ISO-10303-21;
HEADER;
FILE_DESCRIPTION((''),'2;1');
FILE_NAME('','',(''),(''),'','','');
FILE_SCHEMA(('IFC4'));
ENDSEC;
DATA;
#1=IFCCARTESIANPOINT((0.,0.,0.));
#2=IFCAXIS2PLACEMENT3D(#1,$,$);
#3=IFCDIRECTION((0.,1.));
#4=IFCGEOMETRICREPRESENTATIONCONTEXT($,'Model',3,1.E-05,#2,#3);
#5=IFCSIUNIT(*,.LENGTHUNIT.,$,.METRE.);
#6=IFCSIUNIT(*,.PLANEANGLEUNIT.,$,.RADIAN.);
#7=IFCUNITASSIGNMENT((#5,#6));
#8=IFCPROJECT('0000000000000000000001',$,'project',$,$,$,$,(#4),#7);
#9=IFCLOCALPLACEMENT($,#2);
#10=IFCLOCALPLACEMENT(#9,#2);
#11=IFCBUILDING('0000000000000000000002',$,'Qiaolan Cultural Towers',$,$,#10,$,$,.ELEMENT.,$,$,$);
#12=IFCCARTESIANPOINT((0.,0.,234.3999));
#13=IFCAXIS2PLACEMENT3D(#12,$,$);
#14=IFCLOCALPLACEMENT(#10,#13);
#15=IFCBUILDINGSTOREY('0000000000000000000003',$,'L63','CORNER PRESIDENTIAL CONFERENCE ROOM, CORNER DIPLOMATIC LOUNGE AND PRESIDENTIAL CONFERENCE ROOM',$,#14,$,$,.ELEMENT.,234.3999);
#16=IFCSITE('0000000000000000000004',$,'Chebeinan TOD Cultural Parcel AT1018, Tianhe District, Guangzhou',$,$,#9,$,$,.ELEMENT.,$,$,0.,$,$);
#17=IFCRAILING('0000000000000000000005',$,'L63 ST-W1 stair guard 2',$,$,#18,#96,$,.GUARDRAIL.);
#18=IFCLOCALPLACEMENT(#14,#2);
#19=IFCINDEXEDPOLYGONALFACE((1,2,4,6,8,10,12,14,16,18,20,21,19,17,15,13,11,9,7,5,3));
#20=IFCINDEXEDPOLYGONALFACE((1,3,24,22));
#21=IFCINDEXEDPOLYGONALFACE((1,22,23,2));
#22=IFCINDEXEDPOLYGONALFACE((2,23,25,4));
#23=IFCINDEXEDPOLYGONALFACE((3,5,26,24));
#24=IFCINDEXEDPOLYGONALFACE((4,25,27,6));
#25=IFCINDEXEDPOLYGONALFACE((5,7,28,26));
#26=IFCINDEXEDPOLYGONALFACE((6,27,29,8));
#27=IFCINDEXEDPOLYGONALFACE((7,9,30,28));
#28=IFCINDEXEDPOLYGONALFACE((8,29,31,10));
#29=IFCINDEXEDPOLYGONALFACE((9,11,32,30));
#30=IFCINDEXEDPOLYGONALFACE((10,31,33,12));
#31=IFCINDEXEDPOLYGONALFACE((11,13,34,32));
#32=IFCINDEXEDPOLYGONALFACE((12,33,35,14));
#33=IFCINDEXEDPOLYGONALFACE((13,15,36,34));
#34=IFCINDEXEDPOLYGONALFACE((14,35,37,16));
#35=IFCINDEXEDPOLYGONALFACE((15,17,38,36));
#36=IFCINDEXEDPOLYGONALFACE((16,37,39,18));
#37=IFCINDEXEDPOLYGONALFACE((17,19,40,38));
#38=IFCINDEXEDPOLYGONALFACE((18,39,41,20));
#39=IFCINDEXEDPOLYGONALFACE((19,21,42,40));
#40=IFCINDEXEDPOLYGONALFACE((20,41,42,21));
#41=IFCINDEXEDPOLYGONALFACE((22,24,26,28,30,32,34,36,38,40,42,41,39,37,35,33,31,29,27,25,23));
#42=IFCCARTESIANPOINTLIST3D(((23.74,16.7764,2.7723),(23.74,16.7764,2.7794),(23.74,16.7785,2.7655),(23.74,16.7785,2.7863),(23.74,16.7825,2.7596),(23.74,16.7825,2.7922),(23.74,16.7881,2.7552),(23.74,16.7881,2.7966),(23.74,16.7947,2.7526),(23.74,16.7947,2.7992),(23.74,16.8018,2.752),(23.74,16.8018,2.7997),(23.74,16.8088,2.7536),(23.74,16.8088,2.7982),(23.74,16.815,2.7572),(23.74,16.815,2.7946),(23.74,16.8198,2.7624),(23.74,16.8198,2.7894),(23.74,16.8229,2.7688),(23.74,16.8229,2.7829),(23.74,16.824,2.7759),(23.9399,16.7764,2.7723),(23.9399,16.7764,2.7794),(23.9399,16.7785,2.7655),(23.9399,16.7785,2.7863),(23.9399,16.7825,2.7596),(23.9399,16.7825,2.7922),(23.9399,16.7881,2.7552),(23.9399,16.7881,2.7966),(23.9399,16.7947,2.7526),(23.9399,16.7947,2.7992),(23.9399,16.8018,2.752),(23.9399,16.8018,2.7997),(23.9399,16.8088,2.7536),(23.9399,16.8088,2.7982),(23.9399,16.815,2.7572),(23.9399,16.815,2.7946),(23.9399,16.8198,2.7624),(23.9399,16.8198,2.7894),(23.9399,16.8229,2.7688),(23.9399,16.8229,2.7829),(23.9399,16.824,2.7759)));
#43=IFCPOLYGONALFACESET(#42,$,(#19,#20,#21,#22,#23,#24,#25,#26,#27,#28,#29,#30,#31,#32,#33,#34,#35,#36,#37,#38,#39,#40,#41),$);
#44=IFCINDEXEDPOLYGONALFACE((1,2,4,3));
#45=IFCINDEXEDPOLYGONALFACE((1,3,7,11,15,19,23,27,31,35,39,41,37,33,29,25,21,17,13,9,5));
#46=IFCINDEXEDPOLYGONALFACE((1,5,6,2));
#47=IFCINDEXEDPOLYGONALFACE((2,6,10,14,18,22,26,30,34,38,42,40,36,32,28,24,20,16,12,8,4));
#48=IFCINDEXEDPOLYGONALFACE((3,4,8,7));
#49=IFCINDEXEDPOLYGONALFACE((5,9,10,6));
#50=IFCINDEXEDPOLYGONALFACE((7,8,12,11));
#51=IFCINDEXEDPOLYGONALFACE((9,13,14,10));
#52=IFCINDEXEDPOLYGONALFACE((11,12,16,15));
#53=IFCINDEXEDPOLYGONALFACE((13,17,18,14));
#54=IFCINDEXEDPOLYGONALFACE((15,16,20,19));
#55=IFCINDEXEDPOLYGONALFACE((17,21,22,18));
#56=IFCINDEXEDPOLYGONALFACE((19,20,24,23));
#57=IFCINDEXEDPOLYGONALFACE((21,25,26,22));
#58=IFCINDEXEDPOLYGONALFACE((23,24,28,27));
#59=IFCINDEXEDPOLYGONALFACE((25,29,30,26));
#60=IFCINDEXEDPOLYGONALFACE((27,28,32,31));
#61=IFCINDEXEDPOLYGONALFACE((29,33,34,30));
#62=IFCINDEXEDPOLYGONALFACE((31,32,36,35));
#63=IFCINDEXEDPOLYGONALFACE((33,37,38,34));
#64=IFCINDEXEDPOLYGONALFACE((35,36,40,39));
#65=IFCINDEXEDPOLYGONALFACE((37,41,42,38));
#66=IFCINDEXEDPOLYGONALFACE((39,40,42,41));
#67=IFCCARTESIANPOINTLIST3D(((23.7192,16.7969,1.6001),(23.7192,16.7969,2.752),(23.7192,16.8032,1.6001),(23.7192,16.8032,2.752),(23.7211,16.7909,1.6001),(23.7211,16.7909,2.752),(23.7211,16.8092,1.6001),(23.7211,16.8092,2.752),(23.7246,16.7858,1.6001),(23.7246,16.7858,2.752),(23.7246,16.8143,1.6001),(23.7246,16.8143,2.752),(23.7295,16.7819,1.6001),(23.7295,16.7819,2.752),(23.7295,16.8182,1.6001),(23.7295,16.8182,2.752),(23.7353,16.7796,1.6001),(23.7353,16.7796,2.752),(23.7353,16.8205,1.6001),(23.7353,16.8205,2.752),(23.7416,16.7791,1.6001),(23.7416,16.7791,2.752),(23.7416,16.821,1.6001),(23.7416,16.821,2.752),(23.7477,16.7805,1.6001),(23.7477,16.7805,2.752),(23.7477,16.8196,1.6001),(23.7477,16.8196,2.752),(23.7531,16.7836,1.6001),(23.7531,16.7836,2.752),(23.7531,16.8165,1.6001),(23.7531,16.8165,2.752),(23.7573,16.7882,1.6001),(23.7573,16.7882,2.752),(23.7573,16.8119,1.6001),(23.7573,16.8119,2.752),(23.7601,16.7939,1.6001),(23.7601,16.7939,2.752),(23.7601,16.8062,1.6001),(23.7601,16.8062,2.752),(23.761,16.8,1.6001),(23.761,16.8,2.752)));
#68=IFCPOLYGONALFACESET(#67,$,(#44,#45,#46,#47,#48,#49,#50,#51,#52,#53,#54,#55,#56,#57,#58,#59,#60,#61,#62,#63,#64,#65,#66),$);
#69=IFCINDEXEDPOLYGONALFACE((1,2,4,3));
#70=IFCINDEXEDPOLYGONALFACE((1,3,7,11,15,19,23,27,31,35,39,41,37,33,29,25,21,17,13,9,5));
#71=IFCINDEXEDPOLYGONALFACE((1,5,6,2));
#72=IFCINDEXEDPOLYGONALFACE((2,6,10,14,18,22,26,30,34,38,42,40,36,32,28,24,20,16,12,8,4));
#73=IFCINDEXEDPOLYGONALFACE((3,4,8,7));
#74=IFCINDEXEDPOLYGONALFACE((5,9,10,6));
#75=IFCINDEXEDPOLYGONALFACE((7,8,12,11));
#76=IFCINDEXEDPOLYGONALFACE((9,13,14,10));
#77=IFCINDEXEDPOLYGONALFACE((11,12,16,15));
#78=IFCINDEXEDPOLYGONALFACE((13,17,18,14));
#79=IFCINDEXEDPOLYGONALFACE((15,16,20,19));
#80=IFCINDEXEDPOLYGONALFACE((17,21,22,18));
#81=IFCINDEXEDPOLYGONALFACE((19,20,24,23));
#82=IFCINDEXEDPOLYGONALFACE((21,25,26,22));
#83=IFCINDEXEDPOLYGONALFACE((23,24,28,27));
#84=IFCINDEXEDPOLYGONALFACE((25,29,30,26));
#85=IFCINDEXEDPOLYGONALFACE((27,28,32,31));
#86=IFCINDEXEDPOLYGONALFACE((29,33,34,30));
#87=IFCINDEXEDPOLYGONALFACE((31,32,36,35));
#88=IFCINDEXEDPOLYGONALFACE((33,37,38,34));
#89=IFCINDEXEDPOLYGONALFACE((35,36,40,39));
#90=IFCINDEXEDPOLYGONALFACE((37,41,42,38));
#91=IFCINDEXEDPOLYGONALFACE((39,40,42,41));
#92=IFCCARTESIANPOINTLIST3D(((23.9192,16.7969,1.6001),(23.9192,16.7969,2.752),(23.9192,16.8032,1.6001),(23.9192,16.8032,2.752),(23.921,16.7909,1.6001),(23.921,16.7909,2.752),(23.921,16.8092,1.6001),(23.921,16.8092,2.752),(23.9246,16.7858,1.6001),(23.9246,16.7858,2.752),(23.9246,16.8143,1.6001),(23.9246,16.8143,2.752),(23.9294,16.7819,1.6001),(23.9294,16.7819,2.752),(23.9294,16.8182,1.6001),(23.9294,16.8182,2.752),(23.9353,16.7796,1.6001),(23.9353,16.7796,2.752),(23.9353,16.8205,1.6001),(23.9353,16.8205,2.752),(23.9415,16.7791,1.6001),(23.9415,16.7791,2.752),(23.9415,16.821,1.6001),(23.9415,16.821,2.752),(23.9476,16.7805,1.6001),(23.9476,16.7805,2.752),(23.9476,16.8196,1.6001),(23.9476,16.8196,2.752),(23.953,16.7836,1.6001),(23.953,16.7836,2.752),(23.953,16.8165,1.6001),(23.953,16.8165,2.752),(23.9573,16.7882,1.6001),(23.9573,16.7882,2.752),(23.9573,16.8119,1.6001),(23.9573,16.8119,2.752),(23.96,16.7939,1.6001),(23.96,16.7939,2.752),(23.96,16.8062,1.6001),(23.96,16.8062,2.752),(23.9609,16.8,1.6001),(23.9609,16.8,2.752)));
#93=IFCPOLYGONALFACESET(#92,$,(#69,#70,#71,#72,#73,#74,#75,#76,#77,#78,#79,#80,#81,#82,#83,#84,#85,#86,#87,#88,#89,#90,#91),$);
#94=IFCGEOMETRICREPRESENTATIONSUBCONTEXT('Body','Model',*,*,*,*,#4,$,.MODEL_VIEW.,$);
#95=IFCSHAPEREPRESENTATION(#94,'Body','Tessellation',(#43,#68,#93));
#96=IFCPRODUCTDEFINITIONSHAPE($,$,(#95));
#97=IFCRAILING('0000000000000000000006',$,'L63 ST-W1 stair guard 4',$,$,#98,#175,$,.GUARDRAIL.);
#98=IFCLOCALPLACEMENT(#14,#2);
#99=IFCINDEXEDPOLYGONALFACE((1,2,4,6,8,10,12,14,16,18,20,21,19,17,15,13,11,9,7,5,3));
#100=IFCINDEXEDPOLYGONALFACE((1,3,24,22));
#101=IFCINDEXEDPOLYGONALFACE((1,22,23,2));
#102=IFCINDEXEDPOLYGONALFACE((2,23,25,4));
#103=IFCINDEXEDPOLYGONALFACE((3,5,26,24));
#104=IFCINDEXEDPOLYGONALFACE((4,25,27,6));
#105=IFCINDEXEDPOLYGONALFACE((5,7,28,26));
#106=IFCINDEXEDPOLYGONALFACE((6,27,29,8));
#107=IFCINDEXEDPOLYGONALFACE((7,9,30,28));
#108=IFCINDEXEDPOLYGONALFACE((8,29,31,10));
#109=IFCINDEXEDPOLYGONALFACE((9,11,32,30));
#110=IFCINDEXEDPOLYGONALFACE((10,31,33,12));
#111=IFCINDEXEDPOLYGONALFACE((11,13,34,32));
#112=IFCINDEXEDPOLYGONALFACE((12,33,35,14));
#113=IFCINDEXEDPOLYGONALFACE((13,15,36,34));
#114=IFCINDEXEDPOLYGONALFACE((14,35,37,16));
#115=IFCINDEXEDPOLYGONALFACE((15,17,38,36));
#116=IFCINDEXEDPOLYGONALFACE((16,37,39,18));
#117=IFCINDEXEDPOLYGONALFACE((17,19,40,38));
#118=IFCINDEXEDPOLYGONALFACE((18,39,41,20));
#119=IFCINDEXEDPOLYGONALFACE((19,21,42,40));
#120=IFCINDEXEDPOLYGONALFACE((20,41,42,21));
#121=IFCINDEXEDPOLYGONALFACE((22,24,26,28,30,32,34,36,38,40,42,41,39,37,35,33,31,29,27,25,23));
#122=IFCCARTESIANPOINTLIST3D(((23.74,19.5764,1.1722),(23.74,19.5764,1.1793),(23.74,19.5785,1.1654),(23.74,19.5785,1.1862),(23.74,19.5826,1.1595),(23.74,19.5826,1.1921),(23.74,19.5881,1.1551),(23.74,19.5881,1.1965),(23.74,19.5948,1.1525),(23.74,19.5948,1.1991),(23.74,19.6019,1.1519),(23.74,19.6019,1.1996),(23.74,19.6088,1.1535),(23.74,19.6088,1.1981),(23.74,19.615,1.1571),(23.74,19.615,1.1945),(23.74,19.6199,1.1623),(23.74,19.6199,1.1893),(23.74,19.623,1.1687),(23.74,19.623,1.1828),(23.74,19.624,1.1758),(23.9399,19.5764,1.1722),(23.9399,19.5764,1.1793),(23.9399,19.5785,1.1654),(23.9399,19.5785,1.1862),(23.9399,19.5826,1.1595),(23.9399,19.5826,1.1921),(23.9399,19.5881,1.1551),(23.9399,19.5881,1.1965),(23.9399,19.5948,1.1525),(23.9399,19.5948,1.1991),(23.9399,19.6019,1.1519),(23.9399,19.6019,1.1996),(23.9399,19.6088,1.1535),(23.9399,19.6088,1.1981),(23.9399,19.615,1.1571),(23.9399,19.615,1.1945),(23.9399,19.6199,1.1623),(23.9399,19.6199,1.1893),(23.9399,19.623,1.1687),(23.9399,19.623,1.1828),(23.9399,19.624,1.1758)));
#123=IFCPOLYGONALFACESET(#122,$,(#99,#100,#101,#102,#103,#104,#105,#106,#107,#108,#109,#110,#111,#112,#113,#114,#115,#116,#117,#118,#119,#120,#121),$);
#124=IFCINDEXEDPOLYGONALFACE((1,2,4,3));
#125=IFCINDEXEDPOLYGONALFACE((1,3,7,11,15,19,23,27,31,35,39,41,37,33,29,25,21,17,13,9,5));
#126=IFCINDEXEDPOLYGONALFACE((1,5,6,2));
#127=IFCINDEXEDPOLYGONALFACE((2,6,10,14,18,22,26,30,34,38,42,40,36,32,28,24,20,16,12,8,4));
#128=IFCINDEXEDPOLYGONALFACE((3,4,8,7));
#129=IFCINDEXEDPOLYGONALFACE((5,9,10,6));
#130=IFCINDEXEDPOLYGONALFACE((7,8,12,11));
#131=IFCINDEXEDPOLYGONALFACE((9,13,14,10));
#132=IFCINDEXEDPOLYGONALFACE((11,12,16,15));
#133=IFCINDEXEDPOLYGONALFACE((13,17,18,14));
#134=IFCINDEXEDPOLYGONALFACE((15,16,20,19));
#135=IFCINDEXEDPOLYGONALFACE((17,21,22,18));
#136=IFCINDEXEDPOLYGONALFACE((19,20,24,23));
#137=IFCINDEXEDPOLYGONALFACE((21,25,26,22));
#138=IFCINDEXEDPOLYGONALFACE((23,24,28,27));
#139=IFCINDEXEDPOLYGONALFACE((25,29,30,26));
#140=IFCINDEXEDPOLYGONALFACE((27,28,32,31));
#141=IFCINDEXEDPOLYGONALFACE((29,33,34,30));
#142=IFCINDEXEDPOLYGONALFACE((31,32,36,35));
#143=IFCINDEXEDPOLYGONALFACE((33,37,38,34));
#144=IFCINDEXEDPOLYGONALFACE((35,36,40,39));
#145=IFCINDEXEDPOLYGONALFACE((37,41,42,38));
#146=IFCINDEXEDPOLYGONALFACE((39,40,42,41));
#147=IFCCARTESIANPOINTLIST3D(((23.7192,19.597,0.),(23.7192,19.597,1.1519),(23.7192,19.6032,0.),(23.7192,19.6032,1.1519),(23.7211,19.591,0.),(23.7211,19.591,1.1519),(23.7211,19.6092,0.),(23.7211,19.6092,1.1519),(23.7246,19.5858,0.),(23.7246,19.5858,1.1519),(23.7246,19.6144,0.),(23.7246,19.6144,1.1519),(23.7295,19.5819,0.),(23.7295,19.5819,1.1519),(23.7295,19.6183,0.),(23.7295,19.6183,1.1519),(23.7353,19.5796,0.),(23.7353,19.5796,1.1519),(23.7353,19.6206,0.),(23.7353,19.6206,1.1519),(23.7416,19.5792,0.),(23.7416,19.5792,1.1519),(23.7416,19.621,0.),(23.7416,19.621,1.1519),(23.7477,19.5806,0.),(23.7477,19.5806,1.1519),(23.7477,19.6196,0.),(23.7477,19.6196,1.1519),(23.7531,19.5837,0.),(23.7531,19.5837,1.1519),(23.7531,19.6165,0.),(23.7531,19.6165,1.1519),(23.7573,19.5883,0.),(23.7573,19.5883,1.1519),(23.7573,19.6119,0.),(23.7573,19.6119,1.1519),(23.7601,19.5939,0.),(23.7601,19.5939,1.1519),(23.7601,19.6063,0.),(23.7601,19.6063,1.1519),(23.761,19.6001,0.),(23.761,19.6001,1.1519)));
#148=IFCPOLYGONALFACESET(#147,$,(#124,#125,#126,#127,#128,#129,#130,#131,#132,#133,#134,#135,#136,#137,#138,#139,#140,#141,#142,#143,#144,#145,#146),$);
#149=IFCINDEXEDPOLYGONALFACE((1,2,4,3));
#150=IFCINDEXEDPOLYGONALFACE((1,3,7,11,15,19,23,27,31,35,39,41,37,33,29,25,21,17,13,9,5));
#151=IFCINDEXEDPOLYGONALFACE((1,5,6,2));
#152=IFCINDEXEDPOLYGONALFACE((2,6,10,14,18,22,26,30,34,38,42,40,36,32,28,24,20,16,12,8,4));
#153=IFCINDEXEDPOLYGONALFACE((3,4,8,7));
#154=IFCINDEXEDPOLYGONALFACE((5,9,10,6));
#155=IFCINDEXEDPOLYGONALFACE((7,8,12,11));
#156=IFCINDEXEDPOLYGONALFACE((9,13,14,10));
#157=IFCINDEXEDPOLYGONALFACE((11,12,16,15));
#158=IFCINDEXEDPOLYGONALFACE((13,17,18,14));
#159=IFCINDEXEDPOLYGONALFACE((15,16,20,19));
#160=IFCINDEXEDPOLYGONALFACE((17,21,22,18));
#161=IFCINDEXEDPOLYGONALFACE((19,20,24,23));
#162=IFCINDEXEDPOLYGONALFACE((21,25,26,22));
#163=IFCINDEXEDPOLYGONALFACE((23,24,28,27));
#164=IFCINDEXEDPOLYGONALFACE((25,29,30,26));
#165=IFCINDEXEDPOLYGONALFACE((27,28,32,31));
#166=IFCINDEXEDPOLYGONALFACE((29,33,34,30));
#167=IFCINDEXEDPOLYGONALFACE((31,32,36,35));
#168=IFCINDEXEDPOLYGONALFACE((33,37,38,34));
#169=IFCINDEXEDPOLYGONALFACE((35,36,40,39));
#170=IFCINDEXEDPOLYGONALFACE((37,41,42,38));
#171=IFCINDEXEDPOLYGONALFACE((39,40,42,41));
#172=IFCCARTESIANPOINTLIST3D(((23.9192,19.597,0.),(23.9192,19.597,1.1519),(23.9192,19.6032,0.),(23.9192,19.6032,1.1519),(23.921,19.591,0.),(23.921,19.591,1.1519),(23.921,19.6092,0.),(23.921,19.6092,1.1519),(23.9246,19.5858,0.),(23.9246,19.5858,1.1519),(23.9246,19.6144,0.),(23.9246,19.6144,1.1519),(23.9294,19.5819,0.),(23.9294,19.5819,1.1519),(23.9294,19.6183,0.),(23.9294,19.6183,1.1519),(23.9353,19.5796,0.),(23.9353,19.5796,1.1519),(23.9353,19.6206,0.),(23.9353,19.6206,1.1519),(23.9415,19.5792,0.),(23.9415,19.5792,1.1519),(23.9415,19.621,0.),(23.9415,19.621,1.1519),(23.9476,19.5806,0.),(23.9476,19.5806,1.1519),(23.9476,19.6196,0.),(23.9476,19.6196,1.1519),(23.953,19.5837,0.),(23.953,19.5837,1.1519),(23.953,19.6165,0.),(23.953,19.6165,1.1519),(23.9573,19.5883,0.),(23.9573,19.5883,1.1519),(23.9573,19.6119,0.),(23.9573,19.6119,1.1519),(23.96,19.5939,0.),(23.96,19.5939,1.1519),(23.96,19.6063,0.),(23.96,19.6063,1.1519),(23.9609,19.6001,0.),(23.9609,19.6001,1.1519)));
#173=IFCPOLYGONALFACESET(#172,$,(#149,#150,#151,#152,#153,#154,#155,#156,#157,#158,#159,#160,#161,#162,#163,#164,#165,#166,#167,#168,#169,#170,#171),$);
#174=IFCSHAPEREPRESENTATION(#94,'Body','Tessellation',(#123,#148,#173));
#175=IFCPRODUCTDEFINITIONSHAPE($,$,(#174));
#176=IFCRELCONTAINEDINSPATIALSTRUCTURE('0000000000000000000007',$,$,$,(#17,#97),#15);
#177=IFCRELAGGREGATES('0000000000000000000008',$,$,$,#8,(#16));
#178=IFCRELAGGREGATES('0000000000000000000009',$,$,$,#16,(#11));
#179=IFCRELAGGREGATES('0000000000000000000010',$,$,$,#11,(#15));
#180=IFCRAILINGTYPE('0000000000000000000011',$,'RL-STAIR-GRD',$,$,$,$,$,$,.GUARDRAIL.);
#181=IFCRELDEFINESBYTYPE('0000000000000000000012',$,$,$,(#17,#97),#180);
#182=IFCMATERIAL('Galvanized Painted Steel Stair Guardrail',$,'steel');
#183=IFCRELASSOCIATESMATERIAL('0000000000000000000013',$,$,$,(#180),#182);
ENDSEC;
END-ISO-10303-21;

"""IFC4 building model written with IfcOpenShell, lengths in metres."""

from ifc_helpers import new_model, si_unit, direction, frame, origin, origin_2d, place, context, subcontext, project, spatial, circle, extrude, material, type_object, element, save


model = new_model("IFC4")

# Units and contexts
model_context = context("Model", 3, precision=1e-05, world=origin(), true_north=direction((0.0, 1.0)))
body_context = subcontext(model_context, "Body", "Model", "MODEL_VIEW")
ifc_project = project(units=[si_unit("LENGTHUNIT", "METRE"), si_unit("PLANEANGLEUNIT", "RADIAN")], contexts=[model_context])

# Site, building, storey
site_placement = place(None, origin())
site = spatial("IfcSite", under=ifc_project, at=site_placement, Name="Chebeinan TOD Cultural Parcel AT1018, Tianhe District, Guangzhou", CompositionType="ELEMENT", RefElevation=0.0)
building_placement = place(site_placement, origin())
building = spatial("IfcBuilding", under=site, at=building_placement, Name="Qiaolan Cultural Towers", CompositionType="ELEMENT")
storey_placement = place(building_placement, frame((0.0, 0.0, 234.3999)))
storey = spatial("IfcBuildingStorey", under=building, at=storey_placement, Name="L63", Description="CORNER PRESIDENTIAL CONFERENCE ROOM, CORNER DIPLOMATIC LOUNGE AND PRESIDENTIAL CONFERENCE ROOM", CompositionType="ELEMENT", Elevation=234.3999)

# Railings
ifc_material_1 = material(Name="Galvanized Painted Steel Stair Guardrail", Category="steel")
railing_type_1 = type_object("IfcRailingType", Name="RL-STAIR-GRD", PredefinedType="GUARDRAIL", material=ifc_material_1)
for number, where, name in (
    (1, (23.74, 16.8, 1.6001), "L63 ST-W1 stair guard 2"),
    (2, (23.74, 19.6001, 0.0), "L63 ST-W1 stair guard 4"),
):
    element("IfcRailing", number, at=place(storey_placement, frame(where)), inside=storey, type_object=railing_type_1, Name=name, PredefinedType="GUARDRAIL", context=body_context, shape_type="SweptSolid", body=[
        extrude(circle(Radius=0.0239, at=origin_2d()), frame((0.0, 0.0, 1.1758), z_axis=(1.0, 0.0, 0.0), x_axis=(0.0, 1.0, 0.0)), (0.0, 0.0, 1.0), 0.2),
        extrude(circle(Radius=0.021, at=origin_2d()), origin(), (0.0, 0.0, 1.0), 1.1519),
        extrude(circle(Radius=0.021, at=origin_2d()), frame((0.2, 0.0, 0.0)), (0.0, 0.0, 1.0), 1.1519),
    ])

save(model, "model.ifc")
